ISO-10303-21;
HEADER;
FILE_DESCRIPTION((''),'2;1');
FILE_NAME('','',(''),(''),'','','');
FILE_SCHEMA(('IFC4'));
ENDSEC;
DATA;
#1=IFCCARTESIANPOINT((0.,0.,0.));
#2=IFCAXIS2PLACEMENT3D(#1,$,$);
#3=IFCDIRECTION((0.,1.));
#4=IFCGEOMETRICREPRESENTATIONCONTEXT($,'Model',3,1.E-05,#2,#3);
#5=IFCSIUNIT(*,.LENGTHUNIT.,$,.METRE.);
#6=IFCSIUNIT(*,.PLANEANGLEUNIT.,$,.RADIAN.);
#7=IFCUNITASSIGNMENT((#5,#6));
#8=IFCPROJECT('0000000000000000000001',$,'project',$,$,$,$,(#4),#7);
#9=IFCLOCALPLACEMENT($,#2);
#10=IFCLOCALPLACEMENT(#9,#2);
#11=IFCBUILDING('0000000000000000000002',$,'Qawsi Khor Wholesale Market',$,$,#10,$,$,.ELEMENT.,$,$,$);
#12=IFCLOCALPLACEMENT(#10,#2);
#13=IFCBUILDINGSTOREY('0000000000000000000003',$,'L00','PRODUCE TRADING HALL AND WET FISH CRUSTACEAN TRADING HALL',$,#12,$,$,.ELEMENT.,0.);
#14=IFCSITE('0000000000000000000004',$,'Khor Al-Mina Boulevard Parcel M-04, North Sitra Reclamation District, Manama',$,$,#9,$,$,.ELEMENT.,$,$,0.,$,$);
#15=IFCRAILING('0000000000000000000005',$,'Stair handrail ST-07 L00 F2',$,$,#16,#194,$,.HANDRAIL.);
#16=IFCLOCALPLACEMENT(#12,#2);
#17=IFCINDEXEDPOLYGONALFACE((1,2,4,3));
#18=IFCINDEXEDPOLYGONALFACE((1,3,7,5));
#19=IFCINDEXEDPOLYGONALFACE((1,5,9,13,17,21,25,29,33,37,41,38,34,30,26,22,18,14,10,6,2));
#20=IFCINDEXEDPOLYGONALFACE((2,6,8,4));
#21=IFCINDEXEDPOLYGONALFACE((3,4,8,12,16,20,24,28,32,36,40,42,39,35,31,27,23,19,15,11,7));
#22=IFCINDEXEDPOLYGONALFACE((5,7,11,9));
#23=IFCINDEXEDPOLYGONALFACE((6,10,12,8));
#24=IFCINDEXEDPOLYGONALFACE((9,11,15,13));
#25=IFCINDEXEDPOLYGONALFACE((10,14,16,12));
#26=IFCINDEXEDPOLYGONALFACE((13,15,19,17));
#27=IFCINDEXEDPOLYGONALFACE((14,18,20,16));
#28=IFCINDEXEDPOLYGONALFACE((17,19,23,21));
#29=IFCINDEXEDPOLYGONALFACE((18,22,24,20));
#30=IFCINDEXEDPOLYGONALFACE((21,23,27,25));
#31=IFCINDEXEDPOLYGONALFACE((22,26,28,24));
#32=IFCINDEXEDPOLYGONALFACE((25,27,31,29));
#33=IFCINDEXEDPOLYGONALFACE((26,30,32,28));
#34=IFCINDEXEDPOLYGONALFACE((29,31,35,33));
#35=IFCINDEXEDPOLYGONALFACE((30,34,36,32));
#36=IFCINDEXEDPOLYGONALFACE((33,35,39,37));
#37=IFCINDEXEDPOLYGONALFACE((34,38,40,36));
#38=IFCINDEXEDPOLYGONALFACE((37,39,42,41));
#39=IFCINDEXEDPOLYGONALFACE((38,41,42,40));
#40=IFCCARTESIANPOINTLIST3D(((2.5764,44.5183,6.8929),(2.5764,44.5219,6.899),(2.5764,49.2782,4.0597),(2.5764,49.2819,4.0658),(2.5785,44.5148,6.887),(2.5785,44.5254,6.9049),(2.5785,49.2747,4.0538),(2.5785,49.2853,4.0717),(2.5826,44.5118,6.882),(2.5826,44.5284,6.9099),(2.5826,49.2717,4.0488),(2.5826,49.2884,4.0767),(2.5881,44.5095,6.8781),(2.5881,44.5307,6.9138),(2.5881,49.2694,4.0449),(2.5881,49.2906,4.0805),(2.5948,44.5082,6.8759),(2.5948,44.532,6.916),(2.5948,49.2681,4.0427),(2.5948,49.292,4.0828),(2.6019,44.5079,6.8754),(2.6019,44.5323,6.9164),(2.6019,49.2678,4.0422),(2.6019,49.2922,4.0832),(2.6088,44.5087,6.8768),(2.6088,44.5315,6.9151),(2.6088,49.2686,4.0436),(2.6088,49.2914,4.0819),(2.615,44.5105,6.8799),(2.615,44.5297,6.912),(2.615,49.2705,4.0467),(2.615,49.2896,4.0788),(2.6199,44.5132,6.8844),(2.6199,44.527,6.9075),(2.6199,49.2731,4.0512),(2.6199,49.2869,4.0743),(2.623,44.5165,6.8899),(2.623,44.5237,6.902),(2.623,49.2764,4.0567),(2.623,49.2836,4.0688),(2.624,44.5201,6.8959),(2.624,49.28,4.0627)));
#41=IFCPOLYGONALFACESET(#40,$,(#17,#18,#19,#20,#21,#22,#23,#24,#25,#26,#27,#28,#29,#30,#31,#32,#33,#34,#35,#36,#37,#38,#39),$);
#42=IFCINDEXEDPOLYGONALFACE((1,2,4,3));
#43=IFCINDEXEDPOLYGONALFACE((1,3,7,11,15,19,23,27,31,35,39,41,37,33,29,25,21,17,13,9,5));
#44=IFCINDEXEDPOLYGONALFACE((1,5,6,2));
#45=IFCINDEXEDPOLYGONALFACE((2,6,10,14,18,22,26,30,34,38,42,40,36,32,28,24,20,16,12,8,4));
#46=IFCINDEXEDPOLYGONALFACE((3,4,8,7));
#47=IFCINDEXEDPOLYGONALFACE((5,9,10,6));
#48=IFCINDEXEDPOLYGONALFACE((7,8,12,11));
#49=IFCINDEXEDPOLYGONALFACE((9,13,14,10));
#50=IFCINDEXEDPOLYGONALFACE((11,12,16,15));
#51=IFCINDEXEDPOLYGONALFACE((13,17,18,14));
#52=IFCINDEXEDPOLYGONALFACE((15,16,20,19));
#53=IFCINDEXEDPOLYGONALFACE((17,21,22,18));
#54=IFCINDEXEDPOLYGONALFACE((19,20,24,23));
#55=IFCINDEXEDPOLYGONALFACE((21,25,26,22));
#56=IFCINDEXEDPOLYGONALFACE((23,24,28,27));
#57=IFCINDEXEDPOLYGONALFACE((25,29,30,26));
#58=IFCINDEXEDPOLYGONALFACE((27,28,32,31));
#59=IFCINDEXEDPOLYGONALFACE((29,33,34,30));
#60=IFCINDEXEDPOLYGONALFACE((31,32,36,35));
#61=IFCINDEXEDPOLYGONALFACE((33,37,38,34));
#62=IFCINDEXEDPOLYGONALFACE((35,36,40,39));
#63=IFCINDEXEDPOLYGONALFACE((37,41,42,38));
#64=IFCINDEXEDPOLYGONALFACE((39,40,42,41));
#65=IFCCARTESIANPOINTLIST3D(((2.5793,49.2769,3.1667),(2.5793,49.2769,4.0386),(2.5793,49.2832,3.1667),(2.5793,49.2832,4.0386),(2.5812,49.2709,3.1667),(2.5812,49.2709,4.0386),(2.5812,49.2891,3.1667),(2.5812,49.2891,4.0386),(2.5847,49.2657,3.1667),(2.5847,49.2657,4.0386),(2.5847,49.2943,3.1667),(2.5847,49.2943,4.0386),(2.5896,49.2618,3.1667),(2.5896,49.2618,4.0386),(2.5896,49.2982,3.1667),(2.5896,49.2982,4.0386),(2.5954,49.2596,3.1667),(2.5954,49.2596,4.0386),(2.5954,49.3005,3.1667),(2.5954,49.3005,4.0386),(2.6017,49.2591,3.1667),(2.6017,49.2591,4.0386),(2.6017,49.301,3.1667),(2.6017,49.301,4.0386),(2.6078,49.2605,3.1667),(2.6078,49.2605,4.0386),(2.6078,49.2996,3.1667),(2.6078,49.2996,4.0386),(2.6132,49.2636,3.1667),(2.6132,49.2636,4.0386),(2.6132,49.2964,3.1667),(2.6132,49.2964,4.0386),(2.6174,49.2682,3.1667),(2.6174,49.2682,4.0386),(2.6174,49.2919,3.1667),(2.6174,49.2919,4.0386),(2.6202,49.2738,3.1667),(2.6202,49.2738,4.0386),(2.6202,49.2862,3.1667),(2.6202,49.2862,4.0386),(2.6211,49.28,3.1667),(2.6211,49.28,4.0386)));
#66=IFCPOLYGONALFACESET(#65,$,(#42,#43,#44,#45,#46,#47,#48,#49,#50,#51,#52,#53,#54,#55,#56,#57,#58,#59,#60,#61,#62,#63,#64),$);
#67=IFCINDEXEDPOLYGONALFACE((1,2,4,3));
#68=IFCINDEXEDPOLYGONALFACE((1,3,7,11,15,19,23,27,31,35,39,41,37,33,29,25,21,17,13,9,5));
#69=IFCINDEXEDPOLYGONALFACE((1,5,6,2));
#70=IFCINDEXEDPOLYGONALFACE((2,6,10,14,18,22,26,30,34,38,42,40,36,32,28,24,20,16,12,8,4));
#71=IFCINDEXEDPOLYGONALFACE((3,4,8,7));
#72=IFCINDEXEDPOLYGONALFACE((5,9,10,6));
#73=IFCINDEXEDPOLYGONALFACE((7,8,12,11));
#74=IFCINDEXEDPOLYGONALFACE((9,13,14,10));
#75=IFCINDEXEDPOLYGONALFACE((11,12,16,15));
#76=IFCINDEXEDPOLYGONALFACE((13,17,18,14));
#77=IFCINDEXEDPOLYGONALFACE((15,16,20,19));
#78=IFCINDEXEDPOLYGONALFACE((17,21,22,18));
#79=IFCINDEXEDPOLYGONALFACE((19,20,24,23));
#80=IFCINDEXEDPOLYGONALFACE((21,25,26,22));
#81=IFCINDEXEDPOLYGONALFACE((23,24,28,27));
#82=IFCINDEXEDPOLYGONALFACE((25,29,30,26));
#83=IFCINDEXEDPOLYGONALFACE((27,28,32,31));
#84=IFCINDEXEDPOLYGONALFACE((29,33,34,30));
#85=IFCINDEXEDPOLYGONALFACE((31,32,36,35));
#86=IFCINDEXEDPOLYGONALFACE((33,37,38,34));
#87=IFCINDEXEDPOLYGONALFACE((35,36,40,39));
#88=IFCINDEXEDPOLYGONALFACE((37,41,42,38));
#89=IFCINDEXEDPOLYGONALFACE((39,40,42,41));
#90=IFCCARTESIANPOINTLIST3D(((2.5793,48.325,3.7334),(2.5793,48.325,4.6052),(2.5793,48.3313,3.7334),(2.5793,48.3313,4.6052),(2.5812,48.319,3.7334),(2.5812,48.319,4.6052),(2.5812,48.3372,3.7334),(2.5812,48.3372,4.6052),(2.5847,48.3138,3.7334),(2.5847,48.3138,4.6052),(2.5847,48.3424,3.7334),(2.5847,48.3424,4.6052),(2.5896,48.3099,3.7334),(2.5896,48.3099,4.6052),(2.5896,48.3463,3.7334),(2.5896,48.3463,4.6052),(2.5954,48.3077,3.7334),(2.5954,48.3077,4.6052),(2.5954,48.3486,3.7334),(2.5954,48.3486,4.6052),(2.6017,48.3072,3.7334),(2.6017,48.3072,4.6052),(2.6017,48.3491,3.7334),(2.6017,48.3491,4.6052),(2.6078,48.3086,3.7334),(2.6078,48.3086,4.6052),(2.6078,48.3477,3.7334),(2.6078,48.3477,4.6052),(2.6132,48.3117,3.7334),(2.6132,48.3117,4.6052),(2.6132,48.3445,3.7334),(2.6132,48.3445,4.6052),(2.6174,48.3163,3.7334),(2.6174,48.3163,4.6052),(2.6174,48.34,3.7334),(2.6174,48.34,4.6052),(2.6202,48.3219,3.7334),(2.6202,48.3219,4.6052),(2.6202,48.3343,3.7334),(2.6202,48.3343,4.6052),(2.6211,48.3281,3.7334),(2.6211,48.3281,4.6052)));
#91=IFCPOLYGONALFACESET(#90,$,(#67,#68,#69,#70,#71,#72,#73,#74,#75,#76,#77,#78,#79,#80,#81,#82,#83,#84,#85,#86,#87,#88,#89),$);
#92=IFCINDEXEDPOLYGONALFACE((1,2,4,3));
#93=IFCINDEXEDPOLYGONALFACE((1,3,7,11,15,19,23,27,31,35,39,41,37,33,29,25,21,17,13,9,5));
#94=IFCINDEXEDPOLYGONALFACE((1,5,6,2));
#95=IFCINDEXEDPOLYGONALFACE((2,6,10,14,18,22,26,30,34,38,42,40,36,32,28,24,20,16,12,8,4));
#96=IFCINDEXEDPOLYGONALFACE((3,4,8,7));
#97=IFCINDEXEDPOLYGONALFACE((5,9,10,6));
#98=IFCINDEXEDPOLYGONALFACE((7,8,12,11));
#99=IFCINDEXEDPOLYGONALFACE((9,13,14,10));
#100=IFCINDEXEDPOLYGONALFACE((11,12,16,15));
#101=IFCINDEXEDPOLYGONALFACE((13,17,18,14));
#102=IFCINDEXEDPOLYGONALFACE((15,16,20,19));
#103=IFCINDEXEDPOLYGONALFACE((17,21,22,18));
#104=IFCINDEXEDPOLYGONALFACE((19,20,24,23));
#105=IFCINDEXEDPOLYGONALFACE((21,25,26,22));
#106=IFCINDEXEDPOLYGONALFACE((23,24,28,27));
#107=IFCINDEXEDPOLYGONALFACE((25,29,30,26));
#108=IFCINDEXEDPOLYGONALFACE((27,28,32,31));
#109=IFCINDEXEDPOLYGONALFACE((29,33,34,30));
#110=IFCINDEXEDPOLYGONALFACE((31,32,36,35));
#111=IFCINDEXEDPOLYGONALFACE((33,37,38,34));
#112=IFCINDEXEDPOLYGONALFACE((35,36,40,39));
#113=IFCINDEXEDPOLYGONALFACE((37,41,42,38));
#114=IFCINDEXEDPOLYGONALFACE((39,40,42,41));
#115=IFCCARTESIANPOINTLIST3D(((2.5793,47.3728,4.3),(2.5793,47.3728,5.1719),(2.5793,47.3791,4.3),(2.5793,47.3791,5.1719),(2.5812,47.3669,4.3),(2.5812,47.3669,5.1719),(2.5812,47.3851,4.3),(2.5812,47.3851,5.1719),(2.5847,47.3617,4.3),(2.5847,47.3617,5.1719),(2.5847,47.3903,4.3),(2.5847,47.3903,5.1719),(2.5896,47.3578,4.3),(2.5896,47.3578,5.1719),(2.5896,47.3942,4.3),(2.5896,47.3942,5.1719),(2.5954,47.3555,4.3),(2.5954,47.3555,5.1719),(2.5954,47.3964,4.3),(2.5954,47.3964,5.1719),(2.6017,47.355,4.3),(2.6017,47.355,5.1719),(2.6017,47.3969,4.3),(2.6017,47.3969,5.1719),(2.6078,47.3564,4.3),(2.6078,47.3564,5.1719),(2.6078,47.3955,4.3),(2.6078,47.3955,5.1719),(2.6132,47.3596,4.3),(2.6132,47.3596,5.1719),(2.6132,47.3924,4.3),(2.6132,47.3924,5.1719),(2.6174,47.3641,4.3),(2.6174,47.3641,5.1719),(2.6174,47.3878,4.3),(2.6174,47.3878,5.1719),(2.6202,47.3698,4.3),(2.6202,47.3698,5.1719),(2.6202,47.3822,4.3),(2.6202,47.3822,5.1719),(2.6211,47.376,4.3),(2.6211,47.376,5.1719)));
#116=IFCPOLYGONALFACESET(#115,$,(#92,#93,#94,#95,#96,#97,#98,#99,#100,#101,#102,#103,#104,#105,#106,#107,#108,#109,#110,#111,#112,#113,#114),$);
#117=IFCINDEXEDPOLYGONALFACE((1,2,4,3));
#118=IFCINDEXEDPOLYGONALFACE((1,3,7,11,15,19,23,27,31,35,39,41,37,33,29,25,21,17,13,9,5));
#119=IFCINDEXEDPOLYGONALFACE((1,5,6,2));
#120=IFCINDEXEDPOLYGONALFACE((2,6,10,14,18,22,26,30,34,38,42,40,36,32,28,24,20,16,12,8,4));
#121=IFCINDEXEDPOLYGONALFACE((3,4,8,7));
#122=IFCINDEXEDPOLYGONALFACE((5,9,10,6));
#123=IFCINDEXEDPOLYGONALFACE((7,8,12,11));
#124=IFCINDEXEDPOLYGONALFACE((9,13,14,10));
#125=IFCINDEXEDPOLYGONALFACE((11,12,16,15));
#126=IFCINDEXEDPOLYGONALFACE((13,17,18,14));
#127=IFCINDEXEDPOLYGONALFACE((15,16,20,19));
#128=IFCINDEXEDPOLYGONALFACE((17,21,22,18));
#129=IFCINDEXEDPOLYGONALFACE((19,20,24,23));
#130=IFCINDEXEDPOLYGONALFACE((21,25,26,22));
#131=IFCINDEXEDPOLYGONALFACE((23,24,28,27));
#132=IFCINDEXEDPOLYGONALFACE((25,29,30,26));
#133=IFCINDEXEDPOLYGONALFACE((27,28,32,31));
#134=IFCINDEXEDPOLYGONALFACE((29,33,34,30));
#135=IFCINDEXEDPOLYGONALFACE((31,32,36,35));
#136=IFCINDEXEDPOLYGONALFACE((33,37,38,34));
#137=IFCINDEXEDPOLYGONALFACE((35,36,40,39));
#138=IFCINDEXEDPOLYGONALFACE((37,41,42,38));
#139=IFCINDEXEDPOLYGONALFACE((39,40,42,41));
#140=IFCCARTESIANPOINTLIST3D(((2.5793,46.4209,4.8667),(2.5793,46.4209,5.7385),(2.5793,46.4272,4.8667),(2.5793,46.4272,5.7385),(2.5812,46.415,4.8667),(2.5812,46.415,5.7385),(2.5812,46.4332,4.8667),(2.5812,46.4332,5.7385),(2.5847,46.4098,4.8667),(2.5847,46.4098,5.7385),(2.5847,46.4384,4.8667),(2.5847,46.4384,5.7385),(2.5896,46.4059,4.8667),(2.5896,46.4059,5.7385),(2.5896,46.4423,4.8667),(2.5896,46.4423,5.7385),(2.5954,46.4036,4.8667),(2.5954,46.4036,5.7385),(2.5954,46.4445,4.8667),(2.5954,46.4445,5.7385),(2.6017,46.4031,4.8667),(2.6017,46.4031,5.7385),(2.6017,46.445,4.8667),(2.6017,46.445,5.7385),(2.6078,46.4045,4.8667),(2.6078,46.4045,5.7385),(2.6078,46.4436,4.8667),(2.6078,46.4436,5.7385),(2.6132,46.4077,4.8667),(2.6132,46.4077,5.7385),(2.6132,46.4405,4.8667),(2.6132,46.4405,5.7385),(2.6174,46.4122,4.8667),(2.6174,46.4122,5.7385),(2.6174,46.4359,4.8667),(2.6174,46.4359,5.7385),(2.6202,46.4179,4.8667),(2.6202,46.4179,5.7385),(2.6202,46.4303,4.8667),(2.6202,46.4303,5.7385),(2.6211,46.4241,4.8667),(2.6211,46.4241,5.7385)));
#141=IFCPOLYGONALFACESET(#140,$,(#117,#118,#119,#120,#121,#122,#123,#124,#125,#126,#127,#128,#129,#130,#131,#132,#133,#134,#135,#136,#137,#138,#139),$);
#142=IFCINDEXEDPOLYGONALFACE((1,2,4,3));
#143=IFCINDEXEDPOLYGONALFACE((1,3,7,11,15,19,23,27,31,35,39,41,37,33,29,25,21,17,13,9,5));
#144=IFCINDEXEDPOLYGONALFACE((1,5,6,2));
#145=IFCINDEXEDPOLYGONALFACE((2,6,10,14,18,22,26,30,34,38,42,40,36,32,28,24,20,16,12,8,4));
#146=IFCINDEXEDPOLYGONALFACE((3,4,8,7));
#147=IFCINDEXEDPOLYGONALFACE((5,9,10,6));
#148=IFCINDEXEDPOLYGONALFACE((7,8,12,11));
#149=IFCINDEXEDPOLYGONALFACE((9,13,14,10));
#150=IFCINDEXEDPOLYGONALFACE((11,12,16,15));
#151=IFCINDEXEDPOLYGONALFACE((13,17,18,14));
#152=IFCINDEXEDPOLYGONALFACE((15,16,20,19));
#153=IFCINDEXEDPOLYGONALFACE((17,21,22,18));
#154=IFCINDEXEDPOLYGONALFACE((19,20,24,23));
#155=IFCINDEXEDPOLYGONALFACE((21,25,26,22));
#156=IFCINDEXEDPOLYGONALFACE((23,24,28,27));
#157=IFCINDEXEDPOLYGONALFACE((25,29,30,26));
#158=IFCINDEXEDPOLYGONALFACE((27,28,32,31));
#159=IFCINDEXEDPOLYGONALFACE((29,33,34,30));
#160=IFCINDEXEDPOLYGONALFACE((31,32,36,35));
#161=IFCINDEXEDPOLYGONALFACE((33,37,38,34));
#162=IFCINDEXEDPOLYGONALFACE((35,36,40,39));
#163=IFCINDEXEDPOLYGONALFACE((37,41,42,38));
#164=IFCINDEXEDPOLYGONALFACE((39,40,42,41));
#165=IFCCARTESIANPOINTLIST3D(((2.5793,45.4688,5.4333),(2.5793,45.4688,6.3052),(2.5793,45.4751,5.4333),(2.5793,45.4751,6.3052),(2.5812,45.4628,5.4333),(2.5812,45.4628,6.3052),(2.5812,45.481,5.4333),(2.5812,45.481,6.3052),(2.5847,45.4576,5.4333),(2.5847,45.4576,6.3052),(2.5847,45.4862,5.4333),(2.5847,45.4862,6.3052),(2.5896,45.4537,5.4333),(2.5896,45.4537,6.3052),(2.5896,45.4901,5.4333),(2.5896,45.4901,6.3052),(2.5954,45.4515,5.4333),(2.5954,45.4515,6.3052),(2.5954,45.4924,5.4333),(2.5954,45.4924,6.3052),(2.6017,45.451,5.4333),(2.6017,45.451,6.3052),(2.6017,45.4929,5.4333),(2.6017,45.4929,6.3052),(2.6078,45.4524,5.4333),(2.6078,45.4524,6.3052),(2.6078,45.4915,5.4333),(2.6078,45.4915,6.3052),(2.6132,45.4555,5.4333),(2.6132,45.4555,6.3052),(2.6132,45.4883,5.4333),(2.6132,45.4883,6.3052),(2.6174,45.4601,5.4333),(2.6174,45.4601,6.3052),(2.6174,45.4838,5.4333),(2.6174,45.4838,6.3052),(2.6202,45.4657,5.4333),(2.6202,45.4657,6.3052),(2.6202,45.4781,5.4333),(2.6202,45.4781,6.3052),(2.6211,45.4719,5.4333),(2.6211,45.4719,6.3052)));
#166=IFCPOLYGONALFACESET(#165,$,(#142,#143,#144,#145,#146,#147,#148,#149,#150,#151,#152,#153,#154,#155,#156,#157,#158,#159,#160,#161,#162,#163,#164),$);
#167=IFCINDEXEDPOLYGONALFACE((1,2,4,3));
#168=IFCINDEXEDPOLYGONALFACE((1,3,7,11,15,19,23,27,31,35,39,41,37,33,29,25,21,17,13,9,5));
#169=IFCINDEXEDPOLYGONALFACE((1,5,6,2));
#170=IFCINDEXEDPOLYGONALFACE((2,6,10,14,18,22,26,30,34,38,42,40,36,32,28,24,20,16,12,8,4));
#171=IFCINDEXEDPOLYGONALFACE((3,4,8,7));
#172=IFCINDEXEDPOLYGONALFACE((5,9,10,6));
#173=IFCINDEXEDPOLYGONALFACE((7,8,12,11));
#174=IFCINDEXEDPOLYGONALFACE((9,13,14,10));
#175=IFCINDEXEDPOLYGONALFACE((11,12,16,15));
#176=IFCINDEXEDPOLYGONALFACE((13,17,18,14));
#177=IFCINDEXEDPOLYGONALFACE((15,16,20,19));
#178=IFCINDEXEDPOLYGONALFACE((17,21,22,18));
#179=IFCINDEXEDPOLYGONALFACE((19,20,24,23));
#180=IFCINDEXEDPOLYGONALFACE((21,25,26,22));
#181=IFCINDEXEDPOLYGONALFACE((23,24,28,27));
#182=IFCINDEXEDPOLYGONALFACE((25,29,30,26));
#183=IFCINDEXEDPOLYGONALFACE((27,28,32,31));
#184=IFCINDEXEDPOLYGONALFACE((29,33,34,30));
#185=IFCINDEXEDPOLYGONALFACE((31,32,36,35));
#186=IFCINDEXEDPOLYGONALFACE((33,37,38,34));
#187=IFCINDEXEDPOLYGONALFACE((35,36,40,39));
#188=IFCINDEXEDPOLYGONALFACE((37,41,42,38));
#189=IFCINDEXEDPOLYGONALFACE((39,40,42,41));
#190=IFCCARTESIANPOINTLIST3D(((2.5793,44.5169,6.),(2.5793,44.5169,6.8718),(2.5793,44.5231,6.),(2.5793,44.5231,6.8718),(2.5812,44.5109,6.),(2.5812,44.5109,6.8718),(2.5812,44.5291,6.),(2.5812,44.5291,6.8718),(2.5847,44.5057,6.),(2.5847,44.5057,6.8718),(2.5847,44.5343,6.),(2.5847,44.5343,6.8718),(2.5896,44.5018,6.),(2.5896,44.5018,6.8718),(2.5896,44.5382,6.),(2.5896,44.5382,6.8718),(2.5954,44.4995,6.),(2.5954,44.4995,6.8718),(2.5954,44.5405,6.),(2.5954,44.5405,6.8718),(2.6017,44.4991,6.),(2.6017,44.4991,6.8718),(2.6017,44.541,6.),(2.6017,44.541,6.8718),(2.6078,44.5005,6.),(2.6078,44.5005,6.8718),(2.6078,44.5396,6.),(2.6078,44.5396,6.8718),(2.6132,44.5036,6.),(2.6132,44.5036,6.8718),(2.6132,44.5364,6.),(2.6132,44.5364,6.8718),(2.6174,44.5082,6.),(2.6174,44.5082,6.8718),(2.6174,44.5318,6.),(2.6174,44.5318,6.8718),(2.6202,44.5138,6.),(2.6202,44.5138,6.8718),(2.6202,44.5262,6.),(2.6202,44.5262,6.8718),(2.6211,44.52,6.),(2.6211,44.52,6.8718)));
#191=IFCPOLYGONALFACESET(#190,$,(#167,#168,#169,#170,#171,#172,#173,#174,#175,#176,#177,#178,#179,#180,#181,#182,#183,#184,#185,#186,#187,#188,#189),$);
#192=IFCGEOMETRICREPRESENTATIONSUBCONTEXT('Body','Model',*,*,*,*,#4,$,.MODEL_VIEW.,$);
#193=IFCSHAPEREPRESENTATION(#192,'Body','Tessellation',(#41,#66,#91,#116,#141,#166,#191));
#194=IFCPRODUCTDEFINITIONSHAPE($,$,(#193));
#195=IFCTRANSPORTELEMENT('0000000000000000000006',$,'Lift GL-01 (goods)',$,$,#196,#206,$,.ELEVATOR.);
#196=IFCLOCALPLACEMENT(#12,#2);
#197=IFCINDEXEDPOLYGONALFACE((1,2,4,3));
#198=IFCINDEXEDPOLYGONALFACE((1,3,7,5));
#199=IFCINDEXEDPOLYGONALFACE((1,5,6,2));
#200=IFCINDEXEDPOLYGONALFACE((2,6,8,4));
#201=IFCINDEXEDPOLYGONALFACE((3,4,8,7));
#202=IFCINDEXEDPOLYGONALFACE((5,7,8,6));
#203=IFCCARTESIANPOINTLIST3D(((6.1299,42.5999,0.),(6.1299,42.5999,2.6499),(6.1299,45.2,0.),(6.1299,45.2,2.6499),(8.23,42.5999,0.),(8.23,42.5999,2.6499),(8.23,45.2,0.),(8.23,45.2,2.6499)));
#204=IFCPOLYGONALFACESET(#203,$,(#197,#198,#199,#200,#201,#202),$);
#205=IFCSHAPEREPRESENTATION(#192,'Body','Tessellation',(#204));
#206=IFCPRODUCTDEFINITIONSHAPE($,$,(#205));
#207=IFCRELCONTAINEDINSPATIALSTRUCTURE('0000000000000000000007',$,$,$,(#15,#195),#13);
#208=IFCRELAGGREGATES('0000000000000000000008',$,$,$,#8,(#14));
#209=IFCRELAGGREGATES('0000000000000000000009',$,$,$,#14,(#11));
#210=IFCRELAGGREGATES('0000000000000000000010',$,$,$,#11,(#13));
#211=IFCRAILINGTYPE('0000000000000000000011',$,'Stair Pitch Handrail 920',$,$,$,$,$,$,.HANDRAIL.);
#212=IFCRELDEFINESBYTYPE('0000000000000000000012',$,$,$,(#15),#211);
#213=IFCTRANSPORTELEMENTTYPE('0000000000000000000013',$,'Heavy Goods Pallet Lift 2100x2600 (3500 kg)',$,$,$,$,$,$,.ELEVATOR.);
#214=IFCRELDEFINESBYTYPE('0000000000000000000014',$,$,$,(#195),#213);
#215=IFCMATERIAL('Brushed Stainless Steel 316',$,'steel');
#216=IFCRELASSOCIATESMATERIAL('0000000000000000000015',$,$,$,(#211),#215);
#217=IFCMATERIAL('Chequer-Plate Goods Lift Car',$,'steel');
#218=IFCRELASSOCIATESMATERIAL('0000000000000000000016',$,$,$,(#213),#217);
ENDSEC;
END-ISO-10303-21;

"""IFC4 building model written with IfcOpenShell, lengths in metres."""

from ifc_helpers import new_model, si_unit, direction, frame, origin, origin_2d, place, context, subcontext, project, spatial, rectangle, circle, extrude, material, type_object, element, save


model = new_model("IFC4")

# Units and contexts
model_context = context("Model", 3, precision=1e-05, world=origin(), true_north=direction((0.0, 1.0)))
body_context = subcontext(model_context, "Body", "Model", "MODEL_VIEW")
ifc_project = project(units=[si_unit("LENGTHUNIT", "METRE"), si_unit("PLANEANGLEUNIT", "RADIAN")], contexts=[model_context])

# Site, building, storey
site_placement = place(None, origin())
site = spatial("IfcSite", under=ifc_project, at=site_placement, Name="Khor Al-Mina Boulevard Parcel M-04, North Sitra Reclamation District, Manama", CompositionType="ELEMENT", RefElevation=0.0)
building_placement = place(site_placement, origin())
building = spatial("IfcBuilding", under=site, at=building_placement, Name="Qawsi Khor Wholesale Market", CompositionType="ELEMENT")
storey_placement = place(building_placement, origin())
storey = spatial("IfcBuildingStorey", under=building, at=storey_placement, Name="L00", Description="PRODUCE TRADING HALL AND WET FISH CRUSTACEAN TRADING HALL", CompositionType="ELEMENT", Elevation=0.0)

# Railing
ifc_material_1 = material(Name="Brushed Stainless Steel 316", Category="steel")
railing_type = type_object("IfcRailingType", Name="Stair Pitch Handrail 920", PredefinedType="HANDRAIL", material=ifc_material_1)
railing_1_placement = place(storey_placement, frame((2.6001, 49.28, 3.1667)))
element("IfcRailing", 1, at=railing_1_placement, inside=storey, type_object=railing_type, Name="Stair handrail ST-07 L00 F2", PredefinedType="HANDRAIL", context=body_context, shape_type="SweptSolid", body=[
    extrude(circle(Radius=0.0239, at=origin_2d()), frame((0.0, 0.0, 0.896), z_axis=(0.0, -0.8593, 0.511472), x_axis=(1.0, 0.0, 0.0)), (0.0, 0.0, 1.0), 5.5393),
    extrude(circle(Radius=0.021, at=origin_2d()), origin(), (0.0, 0.0, 1.0), 0.8718),
    extrude(circle(Radius=0.021, at=origin_2d()), frame((0.0, -0.9519, 0.5667)), (0.0, 0.0, 1.0), 0.8718),
    extrude(circle(Radius=0.021, at=origin_2d()), frame((0.0, -1.9041, 1.1333)), (0.0, 0.0, 1.0), 0.8718),
    extrude(circle(Radius=0.021, at=origin_2d()), frame((0.0, -2.856, 1.7)), (0.0, 0.0, 1.0), 0.8718),
    extrude(circle(Radius=0.021, at=origin_2d()), frame((0.0, -3.8081, 2.2666)), (0.0, 0.0, 1.0), 0.8718),
    extrude(circle(Radius=0.021, at=origin_2d()), frame((0.0, -4.76, 2.8333)), (0.0, 0.0, 1.0), 0.8718),
])

# Transport element
ifc_material_2 = material(Name="Chequer-Plate Goods Lift Car", Category="steel")
transport_element_type = type_object("IfcTransportElementType", Name="Heavy Goods Pallet Lift 2100x2600 (3500 kg)", PredefinedType="ELEVATOR", material=ifc_material_2)
transport_element_placement = place(storey_placement, frame((7.1799, 43.8999, 0.0), z_axis=(0.0, 0.0, 1.0), x_axis=(1.0, 0.0, 0.0)))
element("IfcTransportElement", 2, at=transport_element_placement, inside=storey, type_object=transport_element_type, Name="Lift GL-01 (goods)", PredefinedType="ELEVATOR", context=body_context, shape_type="SweptSolid", body=[
    extrude(rectangle(XDim=2.1001, YDim=2.6001, at=origin_2d()), origin(), (0.0, 0.0, 1.0), 2.6499),
])

save(model, "model.ifc")
